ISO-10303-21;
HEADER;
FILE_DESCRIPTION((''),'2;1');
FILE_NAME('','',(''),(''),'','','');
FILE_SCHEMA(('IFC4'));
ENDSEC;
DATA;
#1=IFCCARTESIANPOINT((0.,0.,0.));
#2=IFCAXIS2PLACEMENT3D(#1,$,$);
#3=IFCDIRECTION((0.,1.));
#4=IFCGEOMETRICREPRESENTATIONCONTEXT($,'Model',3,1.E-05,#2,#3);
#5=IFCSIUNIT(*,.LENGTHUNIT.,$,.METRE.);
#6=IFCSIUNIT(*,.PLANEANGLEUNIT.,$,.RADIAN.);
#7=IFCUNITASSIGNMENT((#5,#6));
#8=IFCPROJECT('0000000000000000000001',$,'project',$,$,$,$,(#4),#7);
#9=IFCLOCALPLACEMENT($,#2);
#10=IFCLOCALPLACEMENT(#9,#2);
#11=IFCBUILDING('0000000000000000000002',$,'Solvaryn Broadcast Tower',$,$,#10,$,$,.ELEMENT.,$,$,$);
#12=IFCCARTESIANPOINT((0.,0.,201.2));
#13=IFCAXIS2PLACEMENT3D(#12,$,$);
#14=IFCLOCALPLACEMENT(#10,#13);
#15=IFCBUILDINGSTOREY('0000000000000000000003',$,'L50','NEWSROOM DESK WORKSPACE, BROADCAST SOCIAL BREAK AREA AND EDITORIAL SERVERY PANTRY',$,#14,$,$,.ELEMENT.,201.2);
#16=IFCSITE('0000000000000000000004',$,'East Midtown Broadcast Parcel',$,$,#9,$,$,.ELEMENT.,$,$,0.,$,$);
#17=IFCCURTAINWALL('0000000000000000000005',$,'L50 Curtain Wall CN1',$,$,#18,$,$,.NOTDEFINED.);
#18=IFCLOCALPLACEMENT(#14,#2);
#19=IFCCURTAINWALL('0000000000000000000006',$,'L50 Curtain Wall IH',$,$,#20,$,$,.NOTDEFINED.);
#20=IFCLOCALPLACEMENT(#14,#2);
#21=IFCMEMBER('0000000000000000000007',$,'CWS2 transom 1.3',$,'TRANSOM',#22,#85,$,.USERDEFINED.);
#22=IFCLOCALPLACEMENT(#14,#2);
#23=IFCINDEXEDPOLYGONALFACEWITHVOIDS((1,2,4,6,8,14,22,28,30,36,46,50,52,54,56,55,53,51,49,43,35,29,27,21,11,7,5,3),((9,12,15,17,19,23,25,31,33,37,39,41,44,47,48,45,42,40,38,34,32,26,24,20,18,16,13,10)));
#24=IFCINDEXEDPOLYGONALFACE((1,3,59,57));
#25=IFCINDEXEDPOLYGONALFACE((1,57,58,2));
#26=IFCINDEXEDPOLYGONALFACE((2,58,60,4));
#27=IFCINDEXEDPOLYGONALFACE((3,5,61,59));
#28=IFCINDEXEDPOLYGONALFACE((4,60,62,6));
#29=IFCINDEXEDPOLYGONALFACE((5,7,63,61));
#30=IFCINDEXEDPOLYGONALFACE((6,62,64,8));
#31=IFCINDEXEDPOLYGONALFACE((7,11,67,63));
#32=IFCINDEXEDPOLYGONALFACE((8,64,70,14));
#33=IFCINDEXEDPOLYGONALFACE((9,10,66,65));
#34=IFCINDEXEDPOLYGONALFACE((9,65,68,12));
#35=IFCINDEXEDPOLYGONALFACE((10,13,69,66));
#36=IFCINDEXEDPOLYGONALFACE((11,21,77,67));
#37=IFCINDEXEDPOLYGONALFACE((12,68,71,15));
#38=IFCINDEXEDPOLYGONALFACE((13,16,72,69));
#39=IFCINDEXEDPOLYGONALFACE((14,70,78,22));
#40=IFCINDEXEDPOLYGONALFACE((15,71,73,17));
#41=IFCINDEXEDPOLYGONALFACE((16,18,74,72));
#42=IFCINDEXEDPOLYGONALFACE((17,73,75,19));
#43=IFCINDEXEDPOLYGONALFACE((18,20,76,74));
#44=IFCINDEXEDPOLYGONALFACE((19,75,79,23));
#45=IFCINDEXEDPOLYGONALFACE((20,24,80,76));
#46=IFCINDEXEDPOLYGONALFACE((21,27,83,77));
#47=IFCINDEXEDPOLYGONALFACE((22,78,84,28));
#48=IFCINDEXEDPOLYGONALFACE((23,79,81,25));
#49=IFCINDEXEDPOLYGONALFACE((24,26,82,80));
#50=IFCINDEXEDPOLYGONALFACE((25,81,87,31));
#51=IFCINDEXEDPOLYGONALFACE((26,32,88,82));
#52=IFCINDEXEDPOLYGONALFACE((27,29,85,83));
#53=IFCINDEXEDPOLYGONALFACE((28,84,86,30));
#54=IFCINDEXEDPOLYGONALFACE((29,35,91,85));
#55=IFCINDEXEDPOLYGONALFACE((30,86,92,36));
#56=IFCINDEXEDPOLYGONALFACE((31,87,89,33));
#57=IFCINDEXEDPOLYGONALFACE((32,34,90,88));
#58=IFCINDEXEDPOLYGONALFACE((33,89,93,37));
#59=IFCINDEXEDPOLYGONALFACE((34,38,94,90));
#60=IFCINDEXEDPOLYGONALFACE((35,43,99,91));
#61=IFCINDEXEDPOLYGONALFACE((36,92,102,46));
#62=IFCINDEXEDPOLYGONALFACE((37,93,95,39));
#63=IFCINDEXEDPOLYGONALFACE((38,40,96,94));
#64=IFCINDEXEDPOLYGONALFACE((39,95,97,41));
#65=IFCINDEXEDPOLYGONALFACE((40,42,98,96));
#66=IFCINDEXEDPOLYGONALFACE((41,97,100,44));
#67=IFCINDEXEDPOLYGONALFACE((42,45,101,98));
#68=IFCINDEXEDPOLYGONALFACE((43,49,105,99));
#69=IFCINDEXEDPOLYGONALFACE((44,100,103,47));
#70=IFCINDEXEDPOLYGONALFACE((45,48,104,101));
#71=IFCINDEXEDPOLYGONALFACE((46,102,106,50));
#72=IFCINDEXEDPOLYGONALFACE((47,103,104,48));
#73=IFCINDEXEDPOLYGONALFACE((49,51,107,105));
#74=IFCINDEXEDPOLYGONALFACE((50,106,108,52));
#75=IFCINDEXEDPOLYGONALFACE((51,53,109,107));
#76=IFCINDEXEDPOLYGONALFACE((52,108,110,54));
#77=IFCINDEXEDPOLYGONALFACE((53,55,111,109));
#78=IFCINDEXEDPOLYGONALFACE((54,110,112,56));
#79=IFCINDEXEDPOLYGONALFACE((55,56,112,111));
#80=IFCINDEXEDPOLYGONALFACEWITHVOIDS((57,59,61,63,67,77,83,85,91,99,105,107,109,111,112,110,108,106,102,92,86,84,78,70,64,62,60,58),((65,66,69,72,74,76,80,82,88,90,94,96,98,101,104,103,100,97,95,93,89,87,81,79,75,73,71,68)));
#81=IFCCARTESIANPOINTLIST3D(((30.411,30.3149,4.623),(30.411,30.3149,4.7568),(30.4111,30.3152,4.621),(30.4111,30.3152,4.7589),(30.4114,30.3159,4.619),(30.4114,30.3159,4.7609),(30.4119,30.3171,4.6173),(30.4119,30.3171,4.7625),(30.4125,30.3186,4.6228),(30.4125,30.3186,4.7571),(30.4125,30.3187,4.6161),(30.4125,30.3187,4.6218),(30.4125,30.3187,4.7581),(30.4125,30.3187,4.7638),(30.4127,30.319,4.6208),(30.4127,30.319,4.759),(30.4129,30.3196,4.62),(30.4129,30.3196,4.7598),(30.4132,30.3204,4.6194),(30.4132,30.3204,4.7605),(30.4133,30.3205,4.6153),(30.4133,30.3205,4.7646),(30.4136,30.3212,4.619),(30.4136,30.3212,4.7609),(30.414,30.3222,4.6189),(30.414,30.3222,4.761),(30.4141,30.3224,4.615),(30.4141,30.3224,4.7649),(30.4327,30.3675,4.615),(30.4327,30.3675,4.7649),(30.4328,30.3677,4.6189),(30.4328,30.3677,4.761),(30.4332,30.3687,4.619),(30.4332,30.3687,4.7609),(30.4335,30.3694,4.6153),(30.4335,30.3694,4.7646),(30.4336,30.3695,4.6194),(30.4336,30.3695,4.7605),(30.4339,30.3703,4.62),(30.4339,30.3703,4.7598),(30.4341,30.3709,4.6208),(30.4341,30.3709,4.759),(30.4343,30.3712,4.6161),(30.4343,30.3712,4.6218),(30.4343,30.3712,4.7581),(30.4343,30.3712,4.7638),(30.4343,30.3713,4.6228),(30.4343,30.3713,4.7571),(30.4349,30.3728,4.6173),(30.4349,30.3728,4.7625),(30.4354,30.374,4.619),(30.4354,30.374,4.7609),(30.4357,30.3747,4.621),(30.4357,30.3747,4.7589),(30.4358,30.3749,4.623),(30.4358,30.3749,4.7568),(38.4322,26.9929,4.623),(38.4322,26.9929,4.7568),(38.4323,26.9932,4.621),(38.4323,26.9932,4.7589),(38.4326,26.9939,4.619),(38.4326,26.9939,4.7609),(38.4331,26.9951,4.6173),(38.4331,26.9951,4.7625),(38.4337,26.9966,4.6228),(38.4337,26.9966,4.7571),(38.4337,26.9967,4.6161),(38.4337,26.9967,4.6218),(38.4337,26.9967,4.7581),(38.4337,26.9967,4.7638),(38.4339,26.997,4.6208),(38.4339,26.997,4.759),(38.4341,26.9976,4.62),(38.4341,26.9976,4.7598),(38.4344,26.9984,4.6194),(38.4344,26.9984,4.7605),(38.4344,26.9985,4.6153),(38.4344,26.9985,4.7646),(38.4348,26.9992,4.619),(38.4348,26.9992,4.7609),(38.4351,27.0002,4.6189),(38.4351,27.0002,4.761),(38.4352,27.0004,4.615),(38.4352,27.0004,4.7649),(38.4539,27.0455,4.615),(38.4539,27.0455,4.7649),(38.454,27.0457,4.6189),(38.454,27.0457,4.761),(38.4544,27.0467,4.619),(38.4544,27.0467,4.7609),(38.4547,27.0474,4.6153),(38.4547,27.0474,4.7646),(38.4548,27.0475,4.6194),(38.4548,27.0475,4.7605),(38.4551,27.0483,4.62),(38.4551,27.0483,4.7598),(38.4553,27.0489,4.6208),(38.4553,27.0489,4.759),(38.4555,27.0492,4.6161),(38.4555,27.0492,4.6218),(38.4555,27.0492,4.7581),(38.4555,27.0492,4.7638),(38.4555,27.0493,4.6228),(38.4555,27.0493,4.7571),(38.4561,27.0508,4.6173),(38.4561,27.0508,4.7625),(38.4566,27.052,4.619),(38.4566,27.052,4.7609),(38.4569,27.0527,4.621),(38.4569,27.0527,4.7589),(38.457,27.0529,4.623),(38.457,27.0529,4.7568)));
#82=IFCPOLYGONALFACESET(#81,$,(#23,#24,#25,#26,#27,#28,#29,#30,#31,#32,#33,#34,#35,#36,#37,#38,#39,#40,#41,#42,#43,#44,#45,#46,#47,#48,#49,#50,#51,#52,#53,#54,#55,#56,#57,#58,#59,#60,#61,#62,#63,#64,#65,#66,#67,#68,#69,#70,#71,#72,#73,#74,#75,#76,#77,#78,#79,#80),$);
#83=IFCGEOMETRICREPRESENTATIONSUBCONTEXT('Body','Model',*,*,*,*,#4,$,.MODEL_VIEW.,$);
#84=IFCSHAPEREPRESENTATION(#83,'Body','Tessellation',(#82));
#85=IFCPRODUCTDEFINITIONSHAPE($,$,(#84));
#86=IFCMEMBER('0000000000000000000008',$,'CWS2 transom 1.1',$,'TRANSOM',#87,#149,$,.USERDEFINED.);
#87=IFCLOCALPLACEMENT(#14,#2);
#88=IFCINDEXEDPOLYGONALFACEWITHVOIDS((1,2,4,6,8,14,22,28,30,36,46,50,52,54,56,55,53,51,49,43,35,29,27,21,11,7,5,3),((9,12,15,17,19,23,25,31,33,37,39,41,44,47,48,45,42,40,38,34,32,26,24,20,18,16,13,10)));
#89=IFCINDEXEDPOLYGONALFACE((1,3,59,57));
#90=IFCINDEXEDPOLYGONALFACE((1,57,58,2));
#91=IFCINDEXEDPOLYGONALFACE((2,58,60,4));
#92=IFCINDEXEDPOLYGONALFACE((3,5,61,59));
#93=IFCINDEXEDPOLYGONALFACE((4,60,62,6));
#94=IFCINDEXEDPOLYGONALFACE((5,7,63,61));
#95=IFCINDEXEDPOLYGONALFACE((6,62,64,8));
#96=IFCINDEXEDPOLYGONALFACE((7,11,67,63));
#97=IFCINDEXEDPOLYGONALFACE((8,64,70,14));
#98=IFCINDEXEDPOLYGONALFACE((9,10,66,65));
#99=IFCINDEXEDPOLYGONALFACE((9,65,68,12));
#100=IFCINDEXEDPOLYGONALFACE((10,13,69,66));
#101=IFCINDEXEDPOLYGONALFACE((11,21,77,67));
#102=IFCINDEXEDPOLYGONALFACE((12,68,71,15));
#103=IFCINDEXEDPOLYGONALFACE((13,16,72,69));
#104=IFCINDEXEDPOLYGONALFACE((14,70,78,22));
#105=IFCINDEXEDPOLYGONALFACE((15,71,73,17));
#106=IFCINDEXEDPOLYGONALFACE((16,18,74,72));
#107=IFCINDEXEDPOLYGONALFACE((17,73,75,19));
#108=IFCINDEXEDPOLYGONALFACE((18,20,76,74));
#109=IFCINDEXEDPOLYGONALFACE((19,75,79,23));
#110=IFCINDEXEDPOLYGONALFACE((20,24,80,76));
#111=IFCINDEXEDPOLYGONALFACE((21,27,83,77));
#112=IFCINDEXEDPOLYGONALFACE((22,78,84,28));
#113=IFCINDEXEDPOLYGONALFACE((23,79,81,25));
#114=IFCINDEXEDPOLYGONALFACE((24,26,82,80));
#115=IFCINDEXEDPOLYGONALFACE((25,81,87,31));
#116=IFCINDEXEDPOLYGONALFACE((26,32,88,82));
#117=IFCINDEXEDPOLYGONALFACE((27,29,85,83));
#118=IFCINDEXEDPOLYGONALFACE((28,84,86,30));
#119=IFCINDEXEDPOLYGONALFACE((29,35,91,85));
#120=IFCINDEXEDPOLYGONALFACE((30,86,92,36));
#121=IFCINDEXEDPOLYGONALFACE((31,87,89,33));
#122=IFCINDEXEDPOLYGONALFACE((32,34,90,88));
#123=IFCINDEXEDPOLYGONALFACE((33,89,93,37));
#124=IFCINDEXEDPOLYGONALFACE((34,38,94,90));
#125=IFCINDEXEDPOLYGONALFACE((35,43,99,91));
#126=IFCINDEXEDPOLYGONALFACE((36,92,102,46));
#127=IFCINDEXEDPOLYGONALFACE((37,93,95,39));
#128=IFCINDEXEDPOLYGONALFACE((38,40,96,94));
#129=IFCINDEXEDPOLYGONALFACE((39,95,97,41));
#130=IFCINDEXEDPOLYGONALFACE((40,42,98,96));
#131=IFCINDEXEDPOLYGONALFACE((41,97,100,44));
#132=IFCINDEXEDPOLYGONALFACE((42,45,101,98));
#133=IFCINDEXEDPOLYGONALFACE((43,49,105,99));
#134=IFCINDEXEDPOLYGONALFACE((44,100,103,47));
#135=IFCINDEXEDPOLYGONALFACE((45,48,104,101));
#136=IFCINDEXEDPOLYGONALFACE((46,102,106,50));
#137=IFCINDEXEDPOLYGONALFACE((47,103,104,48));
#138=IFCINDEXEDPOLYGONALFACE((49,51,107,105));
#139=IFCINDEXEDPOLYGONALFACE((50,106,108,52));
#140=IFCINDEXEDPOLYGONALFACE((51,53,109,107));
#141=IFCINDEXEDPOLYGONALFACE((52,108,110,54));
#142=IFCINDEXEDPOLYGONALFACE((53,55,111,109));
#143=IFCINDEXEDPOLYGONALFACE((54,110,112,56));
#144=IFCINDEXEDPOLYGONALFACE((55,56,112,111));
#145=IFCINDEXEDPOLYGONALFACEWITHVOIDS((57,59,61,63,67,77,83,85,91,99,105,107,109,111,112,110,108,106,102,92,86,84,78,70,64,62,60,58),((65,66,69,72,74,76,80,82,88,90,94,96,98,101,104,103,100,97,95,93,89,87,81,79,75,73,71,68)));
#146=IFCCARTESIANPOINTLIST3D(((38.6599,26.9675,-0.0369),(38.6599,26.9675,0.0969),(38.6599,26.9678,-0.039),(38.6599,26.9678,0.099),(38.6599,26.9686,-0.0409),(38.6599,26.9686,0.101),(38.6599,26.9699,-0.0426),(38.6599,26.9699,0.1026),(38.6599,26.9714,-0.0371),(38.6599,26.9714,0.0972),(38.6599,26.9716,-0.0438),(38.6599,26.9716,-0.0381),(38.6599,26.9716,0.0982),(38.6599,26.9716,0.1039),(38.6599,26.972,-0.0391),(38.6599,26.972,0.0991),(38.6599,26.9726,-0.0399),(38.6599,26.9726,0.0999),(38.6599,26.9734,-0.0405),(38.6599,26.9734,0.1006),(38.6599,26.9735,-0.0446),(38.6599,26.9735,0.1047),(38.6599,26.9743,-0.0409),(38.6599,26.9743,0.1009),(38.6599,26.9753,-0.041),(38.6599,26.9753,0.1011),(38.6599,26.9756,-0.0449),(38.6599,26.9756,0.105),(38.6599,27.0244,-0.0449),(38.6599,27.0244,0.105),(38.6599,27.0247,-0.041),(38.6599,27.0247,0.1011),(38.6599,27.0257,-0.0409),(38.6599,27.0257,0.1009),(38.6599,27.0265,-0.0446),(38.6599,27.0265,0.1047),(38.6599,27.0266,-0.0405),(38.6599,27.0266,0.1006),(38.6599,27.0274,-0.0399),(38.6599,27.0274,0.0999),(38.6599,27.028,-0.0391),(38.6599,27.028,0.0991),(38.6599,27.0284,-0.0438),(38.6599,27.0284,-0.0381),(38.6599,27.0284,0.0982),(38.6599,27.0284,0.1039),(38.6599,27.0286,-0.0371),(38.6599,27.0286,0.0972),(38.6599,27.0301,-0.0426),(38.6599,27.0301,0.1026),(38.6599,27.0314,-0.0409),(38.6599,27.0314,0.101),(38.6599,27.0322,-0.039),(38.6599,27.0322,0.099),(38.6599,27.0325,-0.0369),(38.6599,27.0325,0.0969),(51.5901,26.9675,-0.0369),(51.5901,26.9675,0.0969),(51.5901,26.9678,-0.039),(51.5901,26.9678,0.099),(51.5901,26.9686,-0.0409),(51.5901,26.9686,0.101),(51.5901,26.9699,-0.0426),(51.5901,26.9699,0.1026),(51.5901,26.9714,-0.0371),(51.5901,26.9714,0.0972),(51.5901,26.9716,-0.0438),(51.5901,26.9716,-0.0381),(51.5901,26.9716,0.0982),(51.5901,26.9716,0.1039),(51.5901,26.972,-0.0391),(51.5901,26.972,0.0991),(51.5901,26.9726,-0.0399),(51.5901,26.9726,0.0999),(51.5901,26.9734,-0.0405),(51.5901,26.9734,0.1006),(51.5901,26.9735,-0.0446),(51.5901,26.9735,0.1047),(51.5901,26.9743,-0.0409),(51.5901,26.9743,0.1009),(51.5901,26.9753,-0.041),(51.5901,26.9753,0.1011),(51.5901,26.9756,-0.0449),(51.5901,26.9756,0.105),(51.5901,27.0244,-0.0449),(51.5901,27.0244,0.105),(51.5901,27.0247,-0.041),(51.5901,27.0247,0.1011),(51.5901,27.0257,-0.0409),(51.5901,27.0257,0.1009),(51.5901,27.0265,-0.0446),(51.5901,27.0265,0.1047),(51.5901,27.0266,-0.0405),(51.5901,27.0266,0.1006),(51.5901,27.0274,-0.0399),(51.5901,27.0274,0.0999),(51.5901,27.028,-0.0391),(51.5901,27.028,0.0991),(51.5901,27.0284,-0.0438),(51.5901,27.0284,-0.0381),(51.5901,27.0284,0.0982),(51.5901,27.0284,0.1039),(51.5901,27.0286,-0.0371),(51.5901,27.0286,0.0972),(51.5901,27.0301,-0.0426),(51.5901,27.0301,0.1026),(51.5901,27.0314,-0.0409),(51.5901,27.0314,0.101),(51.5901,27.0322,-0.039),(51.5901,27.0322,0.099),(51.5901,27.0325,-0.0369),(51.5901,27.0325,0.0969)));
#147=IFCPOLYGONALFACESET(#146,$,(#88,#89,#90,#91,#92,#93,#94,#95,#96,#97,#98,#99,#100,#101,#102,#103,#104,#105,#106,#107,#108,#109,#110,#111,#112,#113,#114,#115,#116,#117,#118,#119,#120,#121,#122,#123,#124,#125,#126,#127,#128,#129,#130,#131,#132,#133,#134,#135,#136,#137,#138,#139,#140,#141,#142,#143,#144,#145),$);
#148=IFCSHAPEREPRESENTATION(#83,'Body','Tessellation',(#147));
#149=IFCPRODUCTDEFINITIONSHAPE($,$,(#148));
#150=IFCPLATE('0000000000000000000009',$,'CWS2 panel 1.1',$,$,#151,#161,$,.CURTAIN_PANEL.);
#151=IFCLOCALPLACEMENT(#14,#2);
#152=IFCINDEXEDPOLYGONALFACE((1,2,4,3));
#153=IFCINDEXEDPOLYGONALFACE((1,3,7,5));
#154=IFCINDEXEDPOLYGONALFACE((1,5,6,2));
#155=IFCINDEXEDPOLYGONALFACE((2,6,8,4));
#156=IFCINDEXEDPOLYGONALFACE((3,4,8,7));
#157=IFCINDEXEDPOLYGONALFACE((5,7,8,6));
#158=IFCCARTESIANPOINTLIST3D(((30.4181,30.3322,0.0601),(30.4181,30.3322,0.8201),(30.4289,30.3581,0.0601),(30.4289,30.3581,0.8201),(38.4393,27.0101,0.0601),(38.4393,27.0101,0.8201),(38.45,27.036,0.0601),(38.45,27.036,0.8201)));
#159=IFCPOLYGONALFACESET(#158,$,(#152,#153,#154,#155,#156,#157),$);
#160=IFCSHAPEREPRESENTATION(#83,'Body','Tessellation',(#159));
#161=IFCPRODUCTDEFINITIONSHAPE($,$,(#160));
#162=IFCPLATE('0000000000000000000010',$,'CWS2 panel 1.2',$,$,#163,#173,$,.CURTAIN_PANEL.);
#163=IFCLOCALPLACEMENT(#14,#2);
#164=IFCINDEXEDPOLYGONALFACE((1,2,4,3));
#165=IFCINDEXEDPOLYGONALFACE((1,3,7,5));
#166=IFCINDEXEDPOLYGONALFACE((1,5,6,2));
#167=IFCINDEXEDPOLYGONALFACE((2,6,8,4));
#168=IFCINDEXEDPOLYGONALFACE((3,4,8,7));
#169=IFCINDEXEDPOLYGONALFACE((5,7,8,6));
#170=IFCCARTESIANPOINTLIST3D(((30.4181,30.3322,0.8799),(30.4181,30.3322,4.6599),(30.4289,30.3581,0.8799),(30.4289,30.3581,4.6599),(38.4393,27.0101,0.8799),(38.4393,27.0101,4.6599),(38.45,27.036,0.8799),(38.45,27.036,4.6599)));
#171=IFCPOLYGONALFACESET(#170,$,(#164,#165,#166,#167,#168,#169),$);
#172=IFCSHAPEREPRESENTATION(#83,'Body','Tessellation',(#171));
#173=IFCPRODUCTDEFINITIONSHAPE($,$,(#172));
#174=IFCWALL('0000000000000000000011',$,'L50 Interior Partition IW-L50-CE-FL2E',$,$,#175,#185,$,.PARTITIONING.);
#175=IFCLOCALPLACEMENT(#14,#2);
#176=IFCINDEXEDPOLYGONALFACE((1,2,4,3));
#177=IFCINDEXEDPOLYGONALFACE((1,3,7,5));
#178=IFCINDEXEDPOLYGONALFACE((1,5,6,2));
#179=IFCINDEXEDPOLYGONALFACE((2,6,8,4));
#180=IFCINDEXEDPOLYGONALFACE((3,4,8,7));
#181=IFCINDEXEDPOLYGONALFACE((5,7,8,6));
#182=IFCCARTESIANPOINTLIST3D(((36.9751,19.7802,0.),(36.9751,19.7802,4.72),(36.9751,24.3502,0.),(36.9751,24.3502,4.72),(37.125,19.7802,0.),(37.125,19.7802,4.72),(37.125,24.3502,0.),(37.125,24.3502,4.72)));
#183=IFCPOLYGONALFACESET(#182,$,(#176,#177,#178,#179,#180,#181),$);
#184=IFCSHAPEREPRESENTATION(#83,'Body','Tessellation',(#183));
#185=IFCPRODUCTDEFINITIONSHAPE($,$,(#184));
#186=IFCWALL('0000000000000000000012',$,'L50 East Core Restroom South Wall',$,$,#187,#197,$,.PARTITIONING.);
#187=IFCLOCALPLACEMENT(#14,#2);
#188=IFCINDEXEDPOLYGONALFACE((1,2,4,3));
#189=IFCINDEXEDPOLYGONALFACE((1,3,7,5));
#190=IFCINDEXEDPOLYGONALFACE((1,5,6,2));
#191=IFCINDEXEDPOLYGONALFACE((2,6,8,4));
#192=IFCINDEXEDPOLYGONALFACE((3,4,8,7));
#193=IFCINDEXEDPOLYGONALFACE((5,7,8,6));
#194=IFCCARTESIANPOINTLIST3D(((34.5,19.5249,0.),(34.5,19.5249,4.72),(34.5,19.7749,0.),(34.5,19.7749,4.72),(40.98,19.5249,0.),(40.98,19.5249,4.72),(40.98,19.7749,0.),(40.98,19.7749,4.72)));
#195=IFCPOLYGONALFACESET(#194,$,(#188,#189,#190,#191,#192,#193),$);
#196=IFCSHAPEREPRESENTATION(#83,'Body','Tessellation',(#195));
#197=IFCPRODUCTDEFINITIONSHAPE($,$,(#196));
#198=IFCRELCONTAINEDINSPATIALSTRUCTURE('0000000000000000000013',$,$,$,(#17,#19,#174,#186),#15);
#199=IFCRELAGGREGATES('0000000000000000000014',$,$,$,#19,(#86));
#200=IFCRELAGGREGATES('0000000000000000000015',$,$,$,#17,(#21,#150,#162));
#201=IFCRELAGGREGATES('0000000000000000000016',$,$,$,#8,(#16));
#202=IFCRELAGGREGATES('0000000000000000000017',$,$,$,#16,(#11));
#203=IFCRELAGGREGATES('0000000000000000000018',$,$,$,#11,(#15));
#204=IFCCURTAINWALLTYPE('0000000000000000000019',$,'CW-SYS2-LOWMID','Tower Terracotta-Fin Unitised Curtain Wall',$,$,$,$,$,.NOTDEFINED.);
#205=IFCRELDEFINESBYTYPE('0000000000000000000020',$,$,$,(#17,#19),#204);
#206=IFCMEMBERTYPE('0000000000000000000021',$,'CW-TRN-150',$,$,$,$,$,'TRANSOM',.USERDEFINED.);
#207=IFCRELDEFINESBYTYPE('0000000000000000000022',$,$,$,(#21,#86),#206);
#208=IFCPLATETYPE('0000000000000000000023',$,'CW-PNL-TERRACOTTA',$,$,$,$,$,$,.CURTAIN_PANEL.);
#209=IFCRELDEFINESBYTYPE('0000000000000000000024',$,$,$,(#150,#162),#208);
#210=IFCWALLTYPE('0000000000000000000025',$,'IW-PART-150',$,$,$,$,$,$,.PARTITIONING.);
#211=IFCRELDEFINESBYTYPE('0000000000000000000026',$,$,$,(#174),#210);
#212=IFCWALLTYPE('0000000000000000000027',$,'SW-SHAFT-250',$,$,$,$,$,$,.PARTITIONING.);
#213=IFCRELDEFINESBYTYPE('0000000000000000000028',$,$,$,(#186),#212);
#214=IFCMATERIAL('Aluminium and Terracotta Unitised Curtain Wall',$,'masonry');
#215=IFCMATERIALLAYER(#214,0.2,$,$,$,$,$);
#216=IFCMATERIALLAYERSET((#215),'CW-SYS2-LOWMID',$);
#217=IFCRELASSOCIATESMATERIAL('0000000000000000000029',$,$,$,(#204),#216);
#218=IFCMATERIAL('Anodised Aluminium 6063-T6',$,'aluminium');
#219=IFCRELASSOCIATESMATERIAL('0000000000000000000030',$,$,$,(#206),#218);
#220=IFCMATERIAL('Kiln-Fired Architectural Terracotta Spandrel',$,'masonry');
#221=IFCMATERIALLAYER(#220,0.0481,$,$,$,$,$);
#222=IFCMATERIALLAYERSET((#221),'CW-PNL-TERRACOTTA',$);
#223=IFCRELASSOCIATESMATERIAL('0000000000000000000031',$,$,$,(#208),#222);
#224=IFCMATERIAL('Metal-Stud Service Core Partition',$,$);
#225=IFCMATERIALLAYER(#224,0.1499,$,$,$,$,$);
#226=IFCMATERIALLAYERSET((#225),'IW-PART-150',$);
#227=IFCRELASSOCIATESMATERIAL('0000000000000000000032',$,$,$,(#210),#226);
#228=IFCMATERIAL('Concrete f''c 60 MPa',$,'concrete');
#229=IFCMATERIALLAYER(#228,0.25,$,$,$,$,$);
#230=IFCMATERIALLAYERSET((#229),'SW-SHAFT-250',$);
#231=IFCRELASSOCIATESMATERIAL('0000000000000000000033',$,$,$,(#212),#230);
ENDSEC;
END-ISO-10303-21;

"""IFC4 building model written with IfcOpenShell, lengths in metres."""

from ifc_helpers import new_model, si_unit, direction, frame, frame_2d, origin, origin_2d, place, context, subcontext, project, spatial, rectangle, hollow_rectangle, extrude, material, layer, layer_set, material_profile, profile_set, type_object, element, aggregate, save


model = new_model("IFC4")

# Units and contexts
model_context = context("Model", 3, precision=1e-05, world=origin(), true_north=direction((0.0, 1.0)))
body_context = subcontext(model_context, "Body", "Model", "MODEL_VIEW")
ifc_project = project(units=[si_unit("LENGTHUNIT", "METRE"), si_unit("PLANEANGLEUNIT", "RADIAN")], contexts=[model_context])

# Site, building, storey
site_placement = place(None, origin())
site = spatial("IfcSite", under=ifc_project, at=site_placement, Name="East Midtown Broadcast Parcel", CompositionType="ELEMENT", RefElevation=0.0)
building_placement = place(site_placement, origin())
building = spatial("IfcBuilding", under=site, at=building_placement, Name="Solvaryn Broadcast Tower", CompositionType="ELEMENT")
storey_placement = place(building_placement, frame((0.0, 0.0, 201.2)))
storey = spatial("IfcBuildingStorey", under=building, at=storey_placement, Name="L50", Description="NEWSROOM DESK WORKSPACE, BROADCAST SOCIAL BREAK AREA AND EDITORIAL SERVERY PANTRY", CompositionType="ELEMENT", Elevation=201.2)

# Curtain walls
ifc_material_1 = material(Name="Aluminium and Terracotta Unitised Curtain Wall", Category="masonry")
ifc_layer_1 = layer(ifc_material_1, 0.2)
ifc_layer_set_1 = layer_set([ifc_layer_1], Name="CW-SYS2-LOWMID")
curtain_wall_type = type_object("IfcCurtainWallType", Name="CW-SYS2-LOWMID", Description="Tower Terracotta-Fin Unitised Curtain Wall", PredefinedType="NOTDEFINED", material=ifc_layer_set_1)
curtain_wall_1_placement = place(storey_placement, origin())
curtain_wall_1 = element("IfcCurtainWall", 1, at=curtain_wall_1_placement, inside=storey, type_object=curtain_wall_type, Name="L50 Curtain Wall CN1", PredefinedType="NOTDEFINED")
curtain_wall_2_placement = place(storey_placement, origin())
curtain_wall_2 = element("IfcCurtainWall", 2, at=curtain_wall_2_placement, inside=storey, type_object=curtain_wall_type, Name="L50 Curtain Wall IH", PredefinedType="NOTDEFINED")

# Members
ifc_material_2 = material(Name="Anodised Aluminium 6063-T6", Category="aluminium")
ifc_material_profile_1 = material_profile(ifc_material_2, hollow_rectangle(XDim=0.0649, YDim=0.1499, WallThickness=0.0039, InnerFilletRadius=0.0039, OuterFilletRadius=0.0081, at=origin_2d()))
ifc_profile_set_1 = profile_set([ifc_material_profile_1], Name="Anodised Aluminium 6063-T6")
member_type_1 = type_object("IfcMemberType", Name="CW-TRN-150", ElementType="TRANSOM", PredefinedType="USERDEFINED", material=ifc_profile_set_1)
member_1_placement = place(storey_placement, frame((38.4446, 27.0229, 4.6899), z_axis=(-0.923899, 0.382636, 0.0), x_axis=(-0.382636, -0.923899, 0.0)))
member_1 = element("IfcMember", 3, at=member_1_placement, type_object=member_type_1, Name="CWS2 transom 1.3", ObjectType="TRANSOM", PredefinedType="USERDEFINED", context=body_context, shape_type="SweptSolid", body=[
    extrude(hollow_rectangle(XDim=0.0649, YDim=0.1499, WallThickness=0.0039, InnerFilletRadius=0.0039, OuterFilletRadius=0.0081, at=origin_2d()), origin(), (0.0, 0.0, 1.0), 8.6819),
])
member_2_placement = place(storey_placement, frame((38.6599, 27.0, 0.03), z_axis=(1.0, 0.0, 0.0), x_axis=(0.0, 1.0, 0.0)))
member_2 = element("IfcMember", 4, at=member_2_placement, type_object=member_type_1, Name="CWS2 transom 1.1", ObjectType="TRANSOM", PredefinedType="USERDEFINED", context=body_context, shape_type="SweptSolid", body=[
    extrude(hollow_rectangle(XDim=0.0649, YDim=0.1499, WallThickness=0.0039, InnerFilletRadius=0.0039, OuterFilletRadius=0.0081, at=origin_2d()), origin(), (0.0, 0.0, 1.0), 12.9302),
])
aggregate(curtain_wall_2, [member_2])

# Plates
ifc_material_3 = material(Name="Kiln-Fired Architectural Terracotta Spandrel", Category="masonry")
ifc_layer_2 = layer(ifc_material_3, 0.0481)
ifc_layer_set_2 = layer_set([ifc_layer_2], Name="CW-PNL-TERRACOTTA")
plate_type = type_object("IfcPlateType", Name="CW-PNL-TERRACOTTA", PredefinedType="CURTAIN_PANEL", material=ifc_layer_set_2)
plate_1_placement = place(storey_placement, frame((34.4341, 28.6841, 0.0601), z_axis=(0.0, 0.0, 1.0), x_axis=(-0.923895, 0.382646, 0.0)))
plate_1 = element("IfcPlate", 5, at=plate_1_placement, type_object=plate_type, Name="CWS2 panel 1.1", PredefinedType="CURTAIN_PANEL", context=body_context, shape_type="SweptSolid", body=[
    extrude(rectangle(XDim=8.6819, YDim=0.0281, at=origin_2d()), origin(), (0.0, 0.0, 1.0), 0.76),
])
plate_2_placement = place(storey_placement, frame((34.4341, 28.6841, 0.8799), z_axis=(0.0, 0.0, 1.0), x_axis=(-0.923895, 0.382646, 0.0)))
plate_2 = element("IfcPlate", 6, at=plate_2_placement, type_object=plate_type, Name="CWS2 panel 1.2", PredefinedType="CURTAIN_PANEL", context=body_context, shape_type="SweptSolid", body=[
    extrude(rectangle(XDim=8.6819, YDim=0.0281, at=origin_2d()), origin(), (0.0, 0.0, 1.0), 3.78),
])
aggregate(curtain_wall_1, [member_1, plate_1, plate_2])

# Wall
ifc_material_4 = material(Name="Metal-Stud Service Core Partition")
ifc_layer_3 = layer(ifc_material_4, 0.1499)
ifc_layer_set_3 = layer_set([ifc_layer_3], Name="IW-PART-150")
wall_type_1 = type_object("IfcWallType", Name="IW-PART-150", PredefinedType="PARTITIONING", material=ifc_layer_set_3)
wall_1_placement = place(storey_placement, frame((37.05, 19.78, 0.0), z_axis=(0.0, 0.0, 1.0), x_axis=(0.0, 1.0, 0.0)))
element("IfcWall", 7, at=wall_1_placement, inside=storey, type_object=wall_type_1, Name="L50 Interior Partition IW-L50-CE-FL2E", PredefinedType="PARTITIONING", context=body_context, shape_type="SweptSolid", body=[
    extrude(rectangle(XDim=4.5701, YDim=0.1499, at=frame_2d((2.2852, 0.0))), origin(), (0.0, 0.0, 1.0), 4.72),
])

# Shared definitions
ifc_material_5 = material(Name="Concrete f'c 60 MPa", Category="concrete")
ifc_layer_4 = layer(ifc_material_5, 0.25)
ifc_layer_set_4 = layer_set([ifc_layer_4], Name="SW-SHAFT-250")
wall_type_2 = type_object("IfcWallType", Name="SW-SHAFT-250", PredefinedType="PARTITIONING", material=ifc_layer_set_4)

# Wall
wall_2_placement = place(storey_placement, frame((34.5, 19.6499, 0.0), z_axis=(0.0, 0.0, 1.0), x_axis=(1.0, 0.0, 0.0)))
element("IfcWall", 8, at=wall_2_placement, inside=storey, type_object=wall_type_2, Name="L50 East Core Restroom South Wall", PredefinedType="PARTITIONING", context=body_context, shape_type="SweptSolid", body=[
    extrude(rectangle(XDim=6.48, YDim=0.25, at=frame_2d((3.24, 0.0))), origin(), (0.0, 0.0, 1.0), 4.72),
])

save(model, "model.ifc")
